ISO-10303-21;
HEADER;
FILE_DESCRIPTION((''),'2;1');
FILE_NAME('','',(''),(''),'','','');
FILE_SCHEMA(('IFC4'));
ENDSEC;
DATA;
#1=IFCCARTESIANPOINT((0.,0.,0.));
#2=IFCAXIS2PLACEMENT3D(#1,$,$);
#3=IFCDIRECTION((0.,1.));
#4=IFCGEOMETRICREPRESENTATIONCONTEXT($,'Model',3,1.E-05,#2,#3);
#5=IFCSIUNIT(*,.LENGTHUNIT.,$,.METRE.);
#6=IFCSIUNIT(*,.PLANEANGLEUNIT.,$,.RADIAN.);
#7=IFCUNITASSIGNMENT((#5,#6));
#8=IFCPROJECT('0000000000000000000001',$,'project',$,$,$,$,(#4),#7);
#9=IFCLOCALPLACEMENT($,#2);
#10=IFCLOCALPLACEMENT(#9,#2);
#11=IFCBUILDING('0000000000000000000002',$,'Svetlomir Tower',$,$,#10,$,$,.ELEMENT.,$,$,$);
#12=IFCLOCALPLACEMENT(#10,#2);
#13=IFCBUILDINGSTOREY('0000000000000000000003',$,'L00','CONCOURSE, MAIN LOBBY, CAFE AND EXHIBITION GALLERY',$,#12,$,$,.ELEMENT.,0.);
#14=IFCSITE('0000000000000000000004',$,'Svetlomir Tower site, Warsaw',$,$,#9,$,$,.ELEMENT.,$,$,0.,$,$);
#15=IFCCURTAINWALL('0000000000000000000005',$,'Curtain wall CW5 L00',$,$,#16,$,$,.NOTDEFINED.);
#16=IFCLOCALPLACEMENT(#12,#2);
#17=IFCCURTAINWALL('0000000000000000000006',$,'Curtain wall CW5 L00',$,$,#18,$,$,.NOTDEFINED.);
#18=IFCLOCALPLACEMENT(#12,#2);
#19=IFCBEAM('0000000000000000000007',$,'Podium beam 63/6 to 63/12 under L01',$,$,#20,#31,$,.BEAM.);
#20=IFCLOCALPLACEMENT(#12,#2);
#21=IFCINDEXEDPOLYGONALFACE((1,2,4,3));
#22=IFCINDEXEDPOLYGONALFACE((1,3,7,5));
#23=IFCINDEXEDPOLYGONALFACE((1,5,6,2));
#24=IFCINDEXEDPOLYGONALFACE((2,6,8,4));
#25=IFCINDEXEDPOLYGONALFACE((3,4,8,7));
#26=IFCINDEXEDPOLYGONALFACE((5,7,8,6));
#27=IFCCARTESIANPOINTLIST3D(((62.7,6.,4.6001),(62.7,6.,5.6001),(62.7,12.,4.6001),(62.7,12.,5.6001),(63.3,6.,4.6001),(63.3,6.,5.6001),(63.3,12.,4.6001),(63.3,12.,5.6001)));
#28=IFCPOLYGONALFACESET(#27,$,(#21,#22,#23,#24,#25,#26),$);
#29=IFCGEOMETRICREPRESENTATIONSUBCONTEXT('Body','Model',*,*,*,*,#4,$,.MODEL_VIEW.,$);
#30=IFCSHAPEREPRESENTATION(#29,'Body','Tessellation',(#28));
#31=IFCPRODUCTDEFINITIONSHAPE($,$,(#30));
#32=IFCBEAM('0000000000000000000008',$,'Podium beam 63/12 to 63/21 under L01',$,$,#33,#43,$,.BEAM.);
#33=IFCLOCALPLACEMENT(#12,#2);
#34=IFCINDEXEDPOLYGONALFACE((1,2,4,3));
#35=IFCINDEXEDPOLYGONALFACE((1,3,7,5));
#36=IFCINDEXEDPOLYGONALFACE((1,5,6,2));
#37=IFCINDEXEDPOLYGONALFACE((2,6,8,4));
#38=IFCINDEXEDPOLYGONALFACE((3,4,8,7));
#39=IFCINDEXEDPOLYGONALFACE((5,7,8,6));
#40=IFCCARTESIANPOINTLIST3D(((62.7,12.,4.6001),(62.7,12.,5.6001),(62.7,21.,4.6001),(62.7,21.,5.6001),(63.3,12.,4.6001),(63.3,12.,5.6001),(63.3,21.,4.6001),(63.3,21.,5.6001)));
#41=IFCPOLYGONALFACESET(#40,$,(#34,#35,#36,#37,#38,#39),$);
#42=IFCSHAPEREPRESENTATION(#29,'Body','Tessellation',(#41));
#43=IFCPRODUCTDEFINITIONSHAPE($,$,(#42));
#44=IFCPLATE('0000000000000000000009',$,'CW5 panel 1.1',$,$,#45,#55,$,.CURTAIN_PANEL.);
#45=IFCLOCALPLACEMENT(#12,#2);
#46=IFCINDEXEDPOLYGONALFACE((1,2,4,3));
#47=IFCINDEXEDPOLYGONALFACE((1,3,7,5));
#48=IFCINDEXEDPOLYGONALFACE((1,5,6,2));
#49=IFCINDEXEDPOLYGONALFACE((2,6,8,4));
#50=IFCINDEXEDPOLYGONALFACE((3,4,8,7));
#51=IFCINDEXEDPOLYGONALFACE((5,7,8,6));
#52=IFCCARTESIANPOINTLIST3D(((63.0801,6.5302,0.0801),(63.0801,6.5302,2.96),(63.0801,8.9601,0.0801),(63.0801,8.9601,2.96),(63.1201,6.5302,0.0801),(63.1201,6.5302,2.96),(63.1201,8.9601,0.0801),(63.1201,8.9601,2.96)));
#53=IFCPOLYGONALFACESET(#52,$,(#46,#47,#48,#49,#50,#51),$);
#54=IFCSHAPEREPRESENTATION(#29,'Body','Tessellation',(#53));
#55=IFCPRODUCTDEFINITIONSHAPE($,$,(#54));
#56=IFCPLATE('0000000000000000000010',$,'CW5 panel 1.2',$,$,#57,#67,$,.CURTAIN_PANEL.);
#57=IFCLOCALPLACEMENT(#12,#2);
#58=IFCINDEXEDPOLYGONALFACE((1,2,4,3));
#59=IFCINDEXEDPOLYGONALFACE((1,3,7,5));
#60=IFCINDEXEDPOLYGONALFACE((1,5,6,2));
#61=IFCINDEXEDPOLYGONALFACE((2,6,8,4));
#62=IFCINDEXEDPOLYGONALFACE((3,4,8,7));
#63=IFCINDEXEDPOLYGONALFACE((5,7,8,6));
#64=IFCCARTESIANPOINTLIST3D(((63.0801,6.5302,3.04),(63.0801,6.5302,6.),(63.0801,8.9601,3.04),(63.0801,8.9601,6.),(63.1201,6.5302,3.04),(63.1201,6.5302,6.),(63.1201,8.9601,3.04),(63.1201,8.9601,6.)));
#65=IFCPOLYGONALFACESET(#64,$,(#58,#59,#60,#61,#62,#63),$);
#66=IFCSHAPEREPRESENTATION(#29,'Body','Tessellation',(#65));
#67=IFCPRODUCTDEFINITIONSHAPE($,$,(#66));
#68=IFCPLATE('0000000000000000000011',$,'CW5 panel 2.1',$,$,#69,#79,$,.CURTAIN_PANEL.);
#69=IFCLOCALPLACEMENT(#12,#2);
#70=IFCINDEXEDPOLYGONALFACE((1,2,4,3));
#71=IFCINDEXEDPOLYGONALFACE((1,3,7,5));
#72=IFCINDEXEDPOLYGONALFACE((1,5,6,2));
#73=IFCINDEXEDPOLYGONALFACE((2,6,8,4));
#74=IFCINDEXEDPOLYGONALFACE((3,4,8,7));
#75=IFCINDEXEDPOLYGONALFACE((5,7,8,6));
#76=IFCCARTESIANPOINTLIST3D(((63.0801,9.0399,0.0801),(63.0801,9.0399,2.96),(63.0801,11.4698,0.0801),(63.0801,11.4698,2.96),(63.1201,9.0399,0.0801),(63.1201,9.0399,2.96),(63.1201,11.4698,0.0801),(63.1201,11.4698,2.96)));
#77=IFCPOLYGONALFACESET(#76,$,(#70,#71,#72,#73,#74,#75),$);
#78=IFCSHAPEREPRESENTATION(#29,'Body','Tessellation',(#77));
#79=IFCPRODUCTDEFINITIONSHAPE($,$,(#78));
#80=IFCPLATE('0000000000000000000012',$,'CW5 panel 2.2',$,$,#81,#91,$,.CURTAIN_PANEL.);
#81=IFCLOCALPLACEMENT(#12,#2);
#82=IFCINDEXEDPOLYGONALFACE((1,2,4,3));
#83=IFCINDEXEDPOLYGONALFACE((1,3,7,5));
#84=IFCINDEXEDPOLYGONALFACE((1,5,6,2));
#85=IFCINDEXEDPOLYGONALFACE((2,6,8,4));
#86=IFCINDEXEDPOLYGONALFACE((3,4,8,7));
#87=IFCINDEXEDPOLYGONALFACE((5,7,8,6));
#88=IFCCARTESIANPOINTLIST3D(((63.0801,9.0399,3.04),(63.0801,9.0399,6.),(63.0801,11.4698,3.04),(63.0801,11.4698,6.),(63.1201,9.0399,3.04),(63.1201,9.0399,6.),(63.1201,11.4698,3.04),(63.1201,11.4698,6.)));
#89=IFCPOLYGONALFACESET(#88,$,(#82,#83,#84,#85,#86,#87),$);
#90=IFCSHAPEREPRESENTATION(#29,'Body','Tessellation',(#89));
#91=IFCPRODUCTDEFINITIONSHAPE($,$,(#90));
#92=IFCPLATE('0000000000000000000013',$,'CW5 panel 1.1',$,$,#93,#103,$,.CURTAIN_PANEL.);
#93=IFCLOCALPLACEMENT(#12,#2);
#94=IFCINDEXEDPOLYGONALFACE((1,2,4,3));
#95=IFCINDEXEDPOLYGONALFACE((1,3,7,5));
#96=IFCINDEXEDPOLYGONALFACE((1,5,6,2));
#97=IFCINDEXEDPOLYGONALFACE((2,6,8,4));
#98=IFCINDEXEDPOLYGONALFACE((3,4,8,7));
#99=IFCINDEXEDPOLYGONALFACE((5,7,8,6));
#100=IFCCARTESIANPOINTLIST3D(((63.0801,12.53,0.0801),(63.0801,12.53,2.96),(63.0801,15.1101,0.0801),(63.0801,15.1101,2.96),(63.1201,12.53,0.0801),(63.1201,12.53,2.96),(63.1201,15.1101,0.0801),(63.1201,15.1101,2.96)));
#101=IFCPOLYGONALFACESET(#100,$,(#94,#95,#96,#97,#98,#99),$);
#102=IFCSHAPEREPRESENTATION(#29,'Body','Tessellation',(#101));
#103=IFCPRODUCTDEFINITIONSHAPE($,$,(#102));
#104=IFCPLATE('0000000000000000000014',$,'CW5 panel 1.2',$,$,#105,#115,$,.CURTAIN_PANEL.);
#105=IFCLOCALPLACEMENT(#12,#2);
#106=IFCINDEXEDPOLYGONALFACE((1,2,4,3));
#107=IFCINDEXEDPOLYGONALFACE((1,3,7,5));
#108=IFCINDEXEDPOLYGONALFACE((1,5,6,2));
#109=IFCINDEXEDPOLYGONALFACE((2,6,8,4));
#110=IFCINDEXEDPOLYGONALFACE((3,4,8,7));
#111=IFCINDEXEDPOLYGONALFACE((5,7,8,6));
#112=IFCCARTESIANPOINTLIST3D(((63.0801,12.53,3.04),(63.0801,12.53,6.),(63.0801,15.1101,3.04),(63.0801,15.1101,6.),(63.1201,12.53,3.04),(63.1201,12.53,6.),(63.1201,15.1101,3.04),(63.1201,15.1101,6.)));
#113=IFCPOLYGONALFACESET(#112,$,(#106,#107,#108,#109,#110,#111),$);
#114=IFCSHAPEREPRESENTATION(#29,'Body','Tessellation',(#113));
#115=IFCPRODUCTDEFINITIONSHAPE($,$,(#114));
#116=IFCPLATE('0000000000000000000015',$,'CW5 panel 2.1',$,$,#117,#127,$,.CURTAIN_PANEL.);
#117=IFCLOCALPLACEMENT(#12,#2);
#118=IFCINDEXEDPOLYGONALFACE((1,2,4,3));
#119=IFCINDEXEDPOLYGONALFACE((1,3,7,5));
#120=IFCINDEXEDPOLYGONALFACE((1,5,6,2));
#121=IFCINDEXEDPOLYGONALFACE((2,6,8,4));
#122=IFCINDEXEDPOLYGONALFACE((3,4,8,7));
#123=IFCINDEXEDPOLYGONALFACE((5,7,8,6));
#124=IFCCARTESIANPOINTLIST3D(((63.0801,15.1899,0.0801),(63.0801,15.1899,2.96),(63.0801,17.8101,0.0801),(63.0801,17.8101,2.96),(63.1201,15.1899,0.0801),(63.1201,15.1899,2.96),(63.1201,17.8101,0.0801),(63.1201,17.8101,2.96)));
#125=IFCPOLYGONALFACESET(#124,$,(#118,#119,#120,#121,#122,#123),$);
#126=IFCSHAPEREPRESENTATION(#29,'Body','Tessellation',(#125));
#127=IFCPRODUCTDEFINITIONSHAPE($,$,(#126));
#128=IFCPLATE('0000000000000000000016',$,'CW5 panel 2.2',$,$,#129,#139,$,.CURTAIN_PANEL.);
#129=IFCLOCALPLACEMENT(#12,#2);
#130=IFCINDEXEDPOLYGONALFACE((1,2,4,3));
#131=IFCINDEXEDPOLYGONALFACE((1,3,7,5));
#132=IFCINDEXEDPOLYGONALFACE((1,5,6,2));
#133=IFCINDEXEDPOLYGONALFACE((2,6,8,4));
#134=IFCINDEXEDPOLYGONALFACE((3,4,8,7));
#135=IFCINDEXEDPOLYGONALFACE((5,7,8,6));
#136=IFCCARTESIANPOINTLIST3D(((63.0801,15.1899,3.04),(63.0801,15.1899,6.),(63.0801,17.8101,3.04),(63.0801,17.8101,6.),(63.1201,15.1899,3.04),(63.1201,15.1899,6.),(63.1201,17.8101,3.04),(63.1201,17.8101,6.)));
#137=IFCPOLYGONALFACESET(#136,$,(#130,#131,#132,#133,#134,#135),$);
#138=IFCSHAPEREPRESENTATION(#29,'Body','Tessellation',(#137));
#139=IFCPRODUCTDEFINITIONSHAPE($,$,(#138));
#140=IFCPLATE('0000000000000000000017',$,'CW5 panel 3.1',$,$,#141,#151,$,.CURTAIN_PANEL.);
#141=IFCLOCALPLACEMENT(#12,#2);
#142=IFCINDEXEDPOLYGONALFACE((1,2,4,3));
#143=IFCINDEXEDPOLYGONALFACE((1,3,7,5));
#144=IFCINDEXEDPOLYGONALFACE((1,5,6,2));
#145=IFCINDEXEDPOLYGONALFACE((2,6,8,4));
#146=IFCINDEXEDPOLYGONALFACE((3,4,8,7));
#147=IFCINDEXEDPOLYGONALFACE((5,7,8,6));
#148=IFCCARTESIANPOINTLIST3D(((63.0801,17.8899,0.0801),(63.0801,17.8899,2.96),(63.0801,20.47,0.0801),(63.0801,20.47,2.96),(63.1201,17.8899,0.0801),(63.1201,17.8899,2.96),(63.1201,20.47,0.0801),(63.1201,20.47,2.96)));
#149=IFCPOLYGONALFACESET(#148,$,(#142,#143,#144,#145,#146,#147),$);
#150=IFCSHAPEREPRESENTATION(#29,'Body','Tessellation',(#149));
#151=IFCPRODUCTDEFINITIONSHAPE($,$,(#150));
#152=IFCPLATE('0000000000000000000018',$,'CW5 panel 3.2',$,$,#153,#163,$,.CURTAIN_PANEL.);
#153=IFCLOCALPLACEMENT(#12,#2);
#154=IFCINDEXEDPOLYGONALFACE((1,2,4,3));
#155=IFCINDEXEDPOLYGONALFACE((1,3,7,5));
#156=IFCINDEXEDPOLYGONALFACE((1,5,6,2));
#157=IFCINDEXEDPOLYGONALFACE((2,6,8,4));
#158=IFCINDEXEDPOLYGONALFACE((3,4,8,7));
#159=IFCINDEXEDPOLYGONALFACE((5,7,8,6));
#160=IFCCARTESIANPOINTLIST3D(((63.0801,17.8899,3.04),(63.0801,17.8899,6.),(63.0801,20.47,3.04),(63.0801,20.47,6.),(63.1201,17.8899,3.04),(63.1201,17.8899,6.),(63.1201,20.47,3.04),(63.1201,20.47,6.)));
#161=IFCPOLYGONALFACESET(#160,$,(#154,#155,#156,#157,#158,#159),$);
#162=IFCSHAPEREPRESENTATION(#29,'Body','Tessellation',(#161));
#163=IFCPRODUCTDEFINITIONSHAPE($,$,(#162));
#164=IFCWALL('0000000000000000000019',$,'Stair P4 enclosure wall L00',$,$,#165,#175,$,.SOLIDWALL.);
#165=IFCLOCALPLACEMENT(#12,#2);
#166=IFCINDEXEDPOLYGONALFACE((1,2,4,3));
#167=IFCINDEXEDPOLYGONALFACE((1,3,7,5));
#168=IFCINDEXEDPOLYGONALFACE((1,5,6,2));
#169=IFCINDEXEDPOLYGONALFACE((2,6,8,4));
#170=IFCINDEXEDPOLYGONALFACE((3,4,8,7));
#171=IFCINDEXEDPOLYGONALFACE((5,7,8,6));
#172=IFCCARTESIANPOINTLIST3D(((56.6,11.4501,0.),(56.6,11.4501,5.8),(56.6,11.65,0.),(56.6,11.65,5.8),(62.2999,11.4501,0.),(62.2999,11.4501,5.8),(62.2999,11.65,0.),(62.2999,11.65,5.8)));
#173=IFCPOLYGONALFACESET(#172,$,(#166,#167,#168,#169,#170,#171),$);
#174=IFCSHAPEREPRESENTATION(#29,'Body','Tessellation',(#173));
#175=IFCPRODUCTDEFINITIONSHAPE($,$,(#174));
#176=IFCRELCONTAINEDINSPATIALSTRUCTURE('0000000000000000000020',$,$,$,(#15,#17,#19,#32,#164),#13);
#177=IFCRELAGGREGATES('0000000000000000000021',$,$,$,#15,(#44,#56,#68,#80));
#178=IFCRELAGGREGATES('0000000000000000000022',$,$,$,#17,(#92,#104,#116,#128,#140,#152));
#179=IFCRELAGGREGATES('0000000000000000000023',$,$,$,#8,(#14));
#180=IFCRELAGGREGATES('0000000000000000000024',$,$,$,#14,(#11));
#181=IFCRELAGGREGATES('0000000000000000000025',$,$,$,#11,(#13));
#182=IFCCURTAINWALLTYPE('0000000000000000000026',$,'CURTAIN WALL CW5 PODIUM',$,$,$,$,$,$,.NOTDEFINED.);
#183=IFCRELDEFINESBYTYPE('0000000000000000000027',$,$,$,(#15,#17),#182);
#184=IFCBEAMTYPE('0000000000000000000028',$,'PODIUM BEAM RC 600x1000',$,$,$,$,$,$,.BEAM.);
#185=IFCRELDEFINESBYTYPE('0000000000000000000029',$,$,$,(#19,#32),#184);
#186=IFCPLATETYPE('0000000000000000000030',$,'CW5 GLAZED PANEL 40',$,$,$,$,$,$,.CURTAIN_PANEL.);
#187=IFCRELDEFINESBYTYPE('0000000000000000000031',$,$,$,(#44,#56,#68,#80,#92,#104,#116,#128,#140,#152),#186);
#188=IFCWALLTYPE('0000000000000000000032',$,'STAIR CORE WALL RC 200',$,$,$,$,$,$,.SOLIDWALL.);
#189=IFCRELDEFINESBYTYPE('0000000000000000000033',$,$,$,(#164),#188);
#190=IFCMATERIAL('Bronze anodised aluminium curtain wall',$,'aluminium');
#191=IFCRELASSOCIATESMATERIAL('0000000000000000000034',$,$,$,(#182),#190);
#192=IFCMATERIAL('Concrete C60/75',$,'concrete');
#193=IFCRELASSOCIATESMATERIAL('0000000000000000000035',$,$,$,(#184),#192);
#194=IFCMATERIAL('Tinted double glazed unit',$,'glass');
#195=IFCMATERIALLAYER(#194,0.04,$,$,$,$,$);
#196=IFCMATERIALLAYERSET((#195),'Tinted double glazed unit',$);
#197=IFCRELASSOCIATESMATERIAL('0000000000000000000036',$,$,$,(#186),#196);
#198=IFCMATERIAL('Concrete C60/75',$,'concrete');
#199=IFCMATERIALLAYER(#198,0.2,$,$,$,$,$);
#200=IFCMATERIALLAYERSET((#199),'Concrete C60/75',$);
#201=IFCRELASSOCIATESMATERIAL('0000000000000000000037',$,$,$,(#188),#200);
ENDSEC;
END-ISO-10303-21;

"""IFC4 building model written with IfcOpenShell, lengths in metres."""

from ifc_helpers import new_model, si_unit, direction, frame, frame_2d, origin, origin_2d, place, context, subcontext, project, spatial, rectangle, extrude, material, layer, layer_set, material_profile, profile_set, type_object, element, aggregate, save


model = new_model("IFC4")

# Units and contexts
model_context = context("Model", 3, precision=1e-05, world=origin(), true_north=direction((0.0, 1.0)))
body_context = subcontext(model_context, "Body", "Model", "MODEL_VIEW")
ifc_project = project(units=[si_unit("LENGTHUNIT", "METRE"), si_unit("PLANEANGLEUNIT", "RADIAN")], contexts=[model_context])

# Site, building, storey
site_placement = place(None, origin())
site = spatial("IfcSite", under=ifc_project, at=site_placement, Name="Svetlomir Tower site, Warsaw", CompositionType="ELEMENT", RefElevation=0.0)
building_placement = place(site_placement, origin())
building = spatial("IfcBuilding", under=site, at=building_placement, Name="Svetlomir Tower", CompositionType="ELEMENT")
storey_placement = place(building_placement, origin())
storey = spatial("IfcBuildingStorey", under=building, at=storey_placement, Name="L00", Description="CONCOURSE, MAIN LOBBY, CAFE AND EXHIBITION GALLERY", CompositionType="ELEMENT", Elevation=0.0)

# Curtain walls
ifc_material_1 = material(Name="Bronze anodised aluminium curtain wall", Category="aluminium")
curtain_wall_type = type_object("IfcCurtainWallType", Name="CURTAIN WALL CW5 PODIUM", PredefinedType="NOTDEFINED", material=ifc_material_1)
curtain_wall_1_placement = place(storey_placement, origin())
curtain_wall_1 = element("IfcCurtainWall", 1, at=curtain_wall_1_placement, inside=storey, type_object=curtain_wall_type, Name="Curtain wall CW5 L00", PredefinedType="NOTDEFINED")
curtain_wall_2_placement = place(storey_placement, origin())
curtain_wall_2 = element("IfcCurtainWall", 2, at=curtain_wall_2_placement, inside=storey, type_object=curtain_wall_type, Name="Curtain wall CW5 L00", PredefinedType="NOTDEFINED")

# Beams
ifc_material_2 = material(Name="Concrete C60/75", Category="concrete")
ifc_material_profile_1 = material_profile(ifc_material_2, rectangle(XDim=0.6001, YDim=1.0, at=origin_2d()), Name="RC 600x1000")
ifc_profile_set_1 = profile_set([ifc_material_profile_1], Name="Concrete C60/75")
beam_type = type_object("IfcBeamType", Name="PODIUM BEAM RC 600x1000", PredefinedType="BEAM", material=ifc_profile_set_1)
beam_1_placement = place(storey_placement, frame((63.0, 6.0, 5.1001), z_axis=(0.0, 1.0, 0.0), x_axis=(-1.0, 0.0, 0.0)))
element("IfcBeam", 3, at=beam_1_placement, inside=storey, type_object=beam_type, Name="Podium beam 63/6 to 63/12 under L01", PredefinedType="BEAM", context=body_context, shape_type="SweptSolid", body=[
    extrude(rectangle(XDim=0.6001, YDim=1.0, at=origin_2d()), origin(), (0.0, 0.0, 1.0), 6.0),
])
beam_2_placement = place(storey_placement, frame((63.0, 12.0, 5.1001), z_axis=(0.0, 1.0, 0.0), x_axis=(-1.0, 0.0, 0.0)))
element("IfcBeam", 4, at=beam_2_placement, inside=storey, type_object=beam_type, Name="Podium beam 63/12 to 63/21 under L01", PredefinedType="BEAM", context=body_context, shape_type="SweptSolid", body=[
    extrude(rectangle(XDim=0.6001, YDim=1.0, at=origin_2d()), origin(), (0.0, 0.0, 1.0), 9.0),
])

# Plates
ifc_material_3 = material(Name="Tinted double glazed unit", Category="glass")
ifc_layer_1 = layer(ifc_material_3, 0.04)
ifc_layer_set_1 = layer_set([ifc_layer_1], Name="Tinted double glazed unit")
plate_type = type_object("IfcPlateType", Name="CW5 GLAZED PANEL 40", PredefinedType="CURTAIN_PANEL", material=ifc_layer_set_1)
plate_1_placement = place(storey_placement, frame((63.1001, 7.7451, 0.0801), z_axis=(0.0, 0.0, 1.0), x_axis=(0.0, 1.0, 0.0)))
plate_1 = element("IfcPlate", 5, at=plate_1_placement, type_object=plate_type, Name="CW5 panel 1.1", PredefinedType="CURTAIN_PANEL", context=body_context, shape_type="SweptSolid", body=[
    extrude(rectangle(XDim=2.4299, YDim=0.04, at=origin_2d()), origin(), (0.0, 0.0, 1.0), 2.8799),
])
plate_2_placement = place(storey_placement, frame((63.1001, 7.7451, 3.04), z_axis=(0.0, 0.0, 1.0), x_axis=(0.0, 1.0, 0.0)))
plate_2 = element("IfcPlate", 6, at=plate_2_placement, type_object=plate_type, Name="CW5 panel 1.2", PredefinedType="CURTAIN_PANEL", context=body_context, shape_type="SweptSolid", body=[
    extrude(rectangle(XDim=2.4299, YDim=0.04, at=origin_2d()), origin(), (0.0, 0.0, 1.0), 2.96),
])
plate_3_placement = place(storey_placement, frame((63.1001, 10.2549, 0.0801), z_axis=(0.0, 0.0, 1.0), x_axis=(0.0, 1.0, 0.0)))
plate_3 = element("IfcPlate", 7, at=plate_3_placement, type_object=plate_type, Name="CW5 panel 2.1", PredefinedType="CURTAIN_PANEL", context=body_context, shape_type="SweptSolid", body=[
    extrude(rectangle(XDim=2.4299, YDim=0.04, at=origin_2d()), origin(), (0.0, 0.0, 1.0), 2.8799),
])
plate_4_placement = place(storey_placement, frame((63.1001, 10.2549, 3.04), z_axis=(0.0, 0.0, 1.0), x_axis=(0.0, 1.0, 0.0)))
plate_4 = element("IfcPlate", 8, at=plate_4_placement, type_object=plate_type, Name="CW5 panel 2.2", PredefinedType="CURTAIN_PANEL", context=body_context, shape_type="SweptSolid", body=[
    extrude(rectangle(XDim=2.4299, YDim=0.04, at=origin_2d()), origin(), (0.0, 0.0, 1.0), 2.96),
])
aggregate(curtain_wall_1, [plate_1, plate_2, plate_3, plate_4])
plate_5_placement = place(storey_placement, frame((63.1001, 13.8201, 0.0801), z_axis=(0.0, 0.0, 1.0), x_axis=(0.0, 1.0, 0.0)))
plate_5 = element("IfcPlate", 9, at=plate_5_placement, type_object=plate_type, Name="CW5 panel 1.1", PredefinedType="CURTAIN_PANEL", context=body_context, shape_type="SweptSolid", body=[
    extrude(rectangle(XDim=2.5801, YDim=0.04, at=origin_2d()), origin(), (0.0, 0.0, 1.0), 2.8799),
])
plate_6_placement = place(storey_placement, frame((63.1001, 13.8201, 3.04), z_axis=(0.0, 0.0, 1.0), x_axis=(0.0, 1.0, 0.0)))
plate_6 = element("IfcPlate", 10, at=plate_6_placement, type_object=plate_type, Name="CW5 panel 1.2", PredefinedType="CURTAIN_PANEL", context=body_context, shape_type="SweptSolid", body=[
    extrude(rectangle(XDim=2.5801, YDim=0.04, at=origin_2d()), origin(), (0.0, 0.0, 1.0), 2.96),
])
plate_7_placement = place(storey_placement, frame((63.1001, 16.5, 0.0801), z_axis=(0.0, 0.0, 1.0), x_axis=(0.0, 1.0, 0.0)))
plate_7 = element("IfcPlate", 11, at=plate_7_placement, type_object=plate_type, Name="CW5 panel 2.1", PredefinedType="CURTAIN_PANEL", context=body_context, shape_type="SweptSolid", body=[
    extrude(rectangle(XDim=2.6201, YDim=0.04, at=origin_2d()), origin(), (0.0, 0.0, 1.0), 2.8799),
])
plate_8_placement = place(storey_placement, frame((63.1001, 16.5, 3.04), z_axis=(0.0, 0.0, 1.0), x_axis=(0.0, 1.0, 0.0)))
plate_8 = element("IfcPlate", 12, at=plate_8_placement, type_object=plate_type, Name="CW5 panel 2.2", PredefinedType="CURTAIN_PANEL", context=body_context, shape_type="SweptSolid", body=[
    extrude(rectangle(XDim=2.6201, YDim=0.04, at=origin_2d()), origin(), (0.0, 0.0, 1.0), 2.96),
])
plate_9_placement = place(storey_placement, frame((63.1001, 19.1799, 0.0801), z_axis=(0.0, 0.0, 1.0), x_axis=(0.0, 1.0, 0.0)))
plate_9 = element("IfcPlate", 13, at=plate_9_placement, type_object=plate_type, Name="CW5 panel 3.1", PredefinedType="CURTAIN_PANEL", context=body_context, shape_type="SweptSolid", body=[
    extrude(rectangle(XDim=2.5801, YDim=0.04, at=origin_2d()), origin(), (0.0, 0.0, 1.0), 2.8799),
])
plate_10_placement = place(storey_placement, frame((63.1001, 19.1799, 3.04), z_axis=(0.0, 0.0, 1.0), x_axis=(0.0, 1.0, 0.0)))
plate_10 = element("IfcPlate", 14, at=plate_10_placement, type_object=plate_type, Name="CW5 panel 3.2", PredefinedType="CURTAIN_PANEL", context=body_context, shape_type="SweptSolid", body=[
    extrude(rectangle(XDim=2.5801, YDim=0.04, at=origin_2d()), origin(), (0.0, 0.0, 1.0), 2.96),
])
aggregate(curtain_wall_2, [plate_5, plate_6, plate_7, plate_8, plate_9, plate_10])

# Wall
ifc_material_4 = material(Name="Concrete C60/75", Category="concrete")
ifc_layer_2 = layer(ifc_material_4, 0.2)
ifc_layer_set_2 = layer_set([ifc_layer_2], Name="Concrete C60/75")
wall_type = type_object("IfcWallType", Name="STAIR CORE WALL RC 200", PredefinedType="SOLIDWALL", material=ifc_layer_set_2)
wall_placement = place(storey_placement, frame((62.3, 11.55, 0.0), z_axis=(0.0, 0.0, 1.0), x_axis=(-1.0, 0.0, 0.0)))
element("IfcWall", 15, at=wall_placement, inside=storey, type_object=wall_type, Name="Stair P4 enclosure wall L00", PredefinedType="SOLIDWALL", context=body_context, shape_type="SweptSolid", body=[
    extrude(rectangle(XDim=5.7, YDim=0.2, at=frame_2d((2.8501, 0.0))), origin(), (0.0, 0.0, 1.0), 5.8),
])

save(model, "model.ifc")
